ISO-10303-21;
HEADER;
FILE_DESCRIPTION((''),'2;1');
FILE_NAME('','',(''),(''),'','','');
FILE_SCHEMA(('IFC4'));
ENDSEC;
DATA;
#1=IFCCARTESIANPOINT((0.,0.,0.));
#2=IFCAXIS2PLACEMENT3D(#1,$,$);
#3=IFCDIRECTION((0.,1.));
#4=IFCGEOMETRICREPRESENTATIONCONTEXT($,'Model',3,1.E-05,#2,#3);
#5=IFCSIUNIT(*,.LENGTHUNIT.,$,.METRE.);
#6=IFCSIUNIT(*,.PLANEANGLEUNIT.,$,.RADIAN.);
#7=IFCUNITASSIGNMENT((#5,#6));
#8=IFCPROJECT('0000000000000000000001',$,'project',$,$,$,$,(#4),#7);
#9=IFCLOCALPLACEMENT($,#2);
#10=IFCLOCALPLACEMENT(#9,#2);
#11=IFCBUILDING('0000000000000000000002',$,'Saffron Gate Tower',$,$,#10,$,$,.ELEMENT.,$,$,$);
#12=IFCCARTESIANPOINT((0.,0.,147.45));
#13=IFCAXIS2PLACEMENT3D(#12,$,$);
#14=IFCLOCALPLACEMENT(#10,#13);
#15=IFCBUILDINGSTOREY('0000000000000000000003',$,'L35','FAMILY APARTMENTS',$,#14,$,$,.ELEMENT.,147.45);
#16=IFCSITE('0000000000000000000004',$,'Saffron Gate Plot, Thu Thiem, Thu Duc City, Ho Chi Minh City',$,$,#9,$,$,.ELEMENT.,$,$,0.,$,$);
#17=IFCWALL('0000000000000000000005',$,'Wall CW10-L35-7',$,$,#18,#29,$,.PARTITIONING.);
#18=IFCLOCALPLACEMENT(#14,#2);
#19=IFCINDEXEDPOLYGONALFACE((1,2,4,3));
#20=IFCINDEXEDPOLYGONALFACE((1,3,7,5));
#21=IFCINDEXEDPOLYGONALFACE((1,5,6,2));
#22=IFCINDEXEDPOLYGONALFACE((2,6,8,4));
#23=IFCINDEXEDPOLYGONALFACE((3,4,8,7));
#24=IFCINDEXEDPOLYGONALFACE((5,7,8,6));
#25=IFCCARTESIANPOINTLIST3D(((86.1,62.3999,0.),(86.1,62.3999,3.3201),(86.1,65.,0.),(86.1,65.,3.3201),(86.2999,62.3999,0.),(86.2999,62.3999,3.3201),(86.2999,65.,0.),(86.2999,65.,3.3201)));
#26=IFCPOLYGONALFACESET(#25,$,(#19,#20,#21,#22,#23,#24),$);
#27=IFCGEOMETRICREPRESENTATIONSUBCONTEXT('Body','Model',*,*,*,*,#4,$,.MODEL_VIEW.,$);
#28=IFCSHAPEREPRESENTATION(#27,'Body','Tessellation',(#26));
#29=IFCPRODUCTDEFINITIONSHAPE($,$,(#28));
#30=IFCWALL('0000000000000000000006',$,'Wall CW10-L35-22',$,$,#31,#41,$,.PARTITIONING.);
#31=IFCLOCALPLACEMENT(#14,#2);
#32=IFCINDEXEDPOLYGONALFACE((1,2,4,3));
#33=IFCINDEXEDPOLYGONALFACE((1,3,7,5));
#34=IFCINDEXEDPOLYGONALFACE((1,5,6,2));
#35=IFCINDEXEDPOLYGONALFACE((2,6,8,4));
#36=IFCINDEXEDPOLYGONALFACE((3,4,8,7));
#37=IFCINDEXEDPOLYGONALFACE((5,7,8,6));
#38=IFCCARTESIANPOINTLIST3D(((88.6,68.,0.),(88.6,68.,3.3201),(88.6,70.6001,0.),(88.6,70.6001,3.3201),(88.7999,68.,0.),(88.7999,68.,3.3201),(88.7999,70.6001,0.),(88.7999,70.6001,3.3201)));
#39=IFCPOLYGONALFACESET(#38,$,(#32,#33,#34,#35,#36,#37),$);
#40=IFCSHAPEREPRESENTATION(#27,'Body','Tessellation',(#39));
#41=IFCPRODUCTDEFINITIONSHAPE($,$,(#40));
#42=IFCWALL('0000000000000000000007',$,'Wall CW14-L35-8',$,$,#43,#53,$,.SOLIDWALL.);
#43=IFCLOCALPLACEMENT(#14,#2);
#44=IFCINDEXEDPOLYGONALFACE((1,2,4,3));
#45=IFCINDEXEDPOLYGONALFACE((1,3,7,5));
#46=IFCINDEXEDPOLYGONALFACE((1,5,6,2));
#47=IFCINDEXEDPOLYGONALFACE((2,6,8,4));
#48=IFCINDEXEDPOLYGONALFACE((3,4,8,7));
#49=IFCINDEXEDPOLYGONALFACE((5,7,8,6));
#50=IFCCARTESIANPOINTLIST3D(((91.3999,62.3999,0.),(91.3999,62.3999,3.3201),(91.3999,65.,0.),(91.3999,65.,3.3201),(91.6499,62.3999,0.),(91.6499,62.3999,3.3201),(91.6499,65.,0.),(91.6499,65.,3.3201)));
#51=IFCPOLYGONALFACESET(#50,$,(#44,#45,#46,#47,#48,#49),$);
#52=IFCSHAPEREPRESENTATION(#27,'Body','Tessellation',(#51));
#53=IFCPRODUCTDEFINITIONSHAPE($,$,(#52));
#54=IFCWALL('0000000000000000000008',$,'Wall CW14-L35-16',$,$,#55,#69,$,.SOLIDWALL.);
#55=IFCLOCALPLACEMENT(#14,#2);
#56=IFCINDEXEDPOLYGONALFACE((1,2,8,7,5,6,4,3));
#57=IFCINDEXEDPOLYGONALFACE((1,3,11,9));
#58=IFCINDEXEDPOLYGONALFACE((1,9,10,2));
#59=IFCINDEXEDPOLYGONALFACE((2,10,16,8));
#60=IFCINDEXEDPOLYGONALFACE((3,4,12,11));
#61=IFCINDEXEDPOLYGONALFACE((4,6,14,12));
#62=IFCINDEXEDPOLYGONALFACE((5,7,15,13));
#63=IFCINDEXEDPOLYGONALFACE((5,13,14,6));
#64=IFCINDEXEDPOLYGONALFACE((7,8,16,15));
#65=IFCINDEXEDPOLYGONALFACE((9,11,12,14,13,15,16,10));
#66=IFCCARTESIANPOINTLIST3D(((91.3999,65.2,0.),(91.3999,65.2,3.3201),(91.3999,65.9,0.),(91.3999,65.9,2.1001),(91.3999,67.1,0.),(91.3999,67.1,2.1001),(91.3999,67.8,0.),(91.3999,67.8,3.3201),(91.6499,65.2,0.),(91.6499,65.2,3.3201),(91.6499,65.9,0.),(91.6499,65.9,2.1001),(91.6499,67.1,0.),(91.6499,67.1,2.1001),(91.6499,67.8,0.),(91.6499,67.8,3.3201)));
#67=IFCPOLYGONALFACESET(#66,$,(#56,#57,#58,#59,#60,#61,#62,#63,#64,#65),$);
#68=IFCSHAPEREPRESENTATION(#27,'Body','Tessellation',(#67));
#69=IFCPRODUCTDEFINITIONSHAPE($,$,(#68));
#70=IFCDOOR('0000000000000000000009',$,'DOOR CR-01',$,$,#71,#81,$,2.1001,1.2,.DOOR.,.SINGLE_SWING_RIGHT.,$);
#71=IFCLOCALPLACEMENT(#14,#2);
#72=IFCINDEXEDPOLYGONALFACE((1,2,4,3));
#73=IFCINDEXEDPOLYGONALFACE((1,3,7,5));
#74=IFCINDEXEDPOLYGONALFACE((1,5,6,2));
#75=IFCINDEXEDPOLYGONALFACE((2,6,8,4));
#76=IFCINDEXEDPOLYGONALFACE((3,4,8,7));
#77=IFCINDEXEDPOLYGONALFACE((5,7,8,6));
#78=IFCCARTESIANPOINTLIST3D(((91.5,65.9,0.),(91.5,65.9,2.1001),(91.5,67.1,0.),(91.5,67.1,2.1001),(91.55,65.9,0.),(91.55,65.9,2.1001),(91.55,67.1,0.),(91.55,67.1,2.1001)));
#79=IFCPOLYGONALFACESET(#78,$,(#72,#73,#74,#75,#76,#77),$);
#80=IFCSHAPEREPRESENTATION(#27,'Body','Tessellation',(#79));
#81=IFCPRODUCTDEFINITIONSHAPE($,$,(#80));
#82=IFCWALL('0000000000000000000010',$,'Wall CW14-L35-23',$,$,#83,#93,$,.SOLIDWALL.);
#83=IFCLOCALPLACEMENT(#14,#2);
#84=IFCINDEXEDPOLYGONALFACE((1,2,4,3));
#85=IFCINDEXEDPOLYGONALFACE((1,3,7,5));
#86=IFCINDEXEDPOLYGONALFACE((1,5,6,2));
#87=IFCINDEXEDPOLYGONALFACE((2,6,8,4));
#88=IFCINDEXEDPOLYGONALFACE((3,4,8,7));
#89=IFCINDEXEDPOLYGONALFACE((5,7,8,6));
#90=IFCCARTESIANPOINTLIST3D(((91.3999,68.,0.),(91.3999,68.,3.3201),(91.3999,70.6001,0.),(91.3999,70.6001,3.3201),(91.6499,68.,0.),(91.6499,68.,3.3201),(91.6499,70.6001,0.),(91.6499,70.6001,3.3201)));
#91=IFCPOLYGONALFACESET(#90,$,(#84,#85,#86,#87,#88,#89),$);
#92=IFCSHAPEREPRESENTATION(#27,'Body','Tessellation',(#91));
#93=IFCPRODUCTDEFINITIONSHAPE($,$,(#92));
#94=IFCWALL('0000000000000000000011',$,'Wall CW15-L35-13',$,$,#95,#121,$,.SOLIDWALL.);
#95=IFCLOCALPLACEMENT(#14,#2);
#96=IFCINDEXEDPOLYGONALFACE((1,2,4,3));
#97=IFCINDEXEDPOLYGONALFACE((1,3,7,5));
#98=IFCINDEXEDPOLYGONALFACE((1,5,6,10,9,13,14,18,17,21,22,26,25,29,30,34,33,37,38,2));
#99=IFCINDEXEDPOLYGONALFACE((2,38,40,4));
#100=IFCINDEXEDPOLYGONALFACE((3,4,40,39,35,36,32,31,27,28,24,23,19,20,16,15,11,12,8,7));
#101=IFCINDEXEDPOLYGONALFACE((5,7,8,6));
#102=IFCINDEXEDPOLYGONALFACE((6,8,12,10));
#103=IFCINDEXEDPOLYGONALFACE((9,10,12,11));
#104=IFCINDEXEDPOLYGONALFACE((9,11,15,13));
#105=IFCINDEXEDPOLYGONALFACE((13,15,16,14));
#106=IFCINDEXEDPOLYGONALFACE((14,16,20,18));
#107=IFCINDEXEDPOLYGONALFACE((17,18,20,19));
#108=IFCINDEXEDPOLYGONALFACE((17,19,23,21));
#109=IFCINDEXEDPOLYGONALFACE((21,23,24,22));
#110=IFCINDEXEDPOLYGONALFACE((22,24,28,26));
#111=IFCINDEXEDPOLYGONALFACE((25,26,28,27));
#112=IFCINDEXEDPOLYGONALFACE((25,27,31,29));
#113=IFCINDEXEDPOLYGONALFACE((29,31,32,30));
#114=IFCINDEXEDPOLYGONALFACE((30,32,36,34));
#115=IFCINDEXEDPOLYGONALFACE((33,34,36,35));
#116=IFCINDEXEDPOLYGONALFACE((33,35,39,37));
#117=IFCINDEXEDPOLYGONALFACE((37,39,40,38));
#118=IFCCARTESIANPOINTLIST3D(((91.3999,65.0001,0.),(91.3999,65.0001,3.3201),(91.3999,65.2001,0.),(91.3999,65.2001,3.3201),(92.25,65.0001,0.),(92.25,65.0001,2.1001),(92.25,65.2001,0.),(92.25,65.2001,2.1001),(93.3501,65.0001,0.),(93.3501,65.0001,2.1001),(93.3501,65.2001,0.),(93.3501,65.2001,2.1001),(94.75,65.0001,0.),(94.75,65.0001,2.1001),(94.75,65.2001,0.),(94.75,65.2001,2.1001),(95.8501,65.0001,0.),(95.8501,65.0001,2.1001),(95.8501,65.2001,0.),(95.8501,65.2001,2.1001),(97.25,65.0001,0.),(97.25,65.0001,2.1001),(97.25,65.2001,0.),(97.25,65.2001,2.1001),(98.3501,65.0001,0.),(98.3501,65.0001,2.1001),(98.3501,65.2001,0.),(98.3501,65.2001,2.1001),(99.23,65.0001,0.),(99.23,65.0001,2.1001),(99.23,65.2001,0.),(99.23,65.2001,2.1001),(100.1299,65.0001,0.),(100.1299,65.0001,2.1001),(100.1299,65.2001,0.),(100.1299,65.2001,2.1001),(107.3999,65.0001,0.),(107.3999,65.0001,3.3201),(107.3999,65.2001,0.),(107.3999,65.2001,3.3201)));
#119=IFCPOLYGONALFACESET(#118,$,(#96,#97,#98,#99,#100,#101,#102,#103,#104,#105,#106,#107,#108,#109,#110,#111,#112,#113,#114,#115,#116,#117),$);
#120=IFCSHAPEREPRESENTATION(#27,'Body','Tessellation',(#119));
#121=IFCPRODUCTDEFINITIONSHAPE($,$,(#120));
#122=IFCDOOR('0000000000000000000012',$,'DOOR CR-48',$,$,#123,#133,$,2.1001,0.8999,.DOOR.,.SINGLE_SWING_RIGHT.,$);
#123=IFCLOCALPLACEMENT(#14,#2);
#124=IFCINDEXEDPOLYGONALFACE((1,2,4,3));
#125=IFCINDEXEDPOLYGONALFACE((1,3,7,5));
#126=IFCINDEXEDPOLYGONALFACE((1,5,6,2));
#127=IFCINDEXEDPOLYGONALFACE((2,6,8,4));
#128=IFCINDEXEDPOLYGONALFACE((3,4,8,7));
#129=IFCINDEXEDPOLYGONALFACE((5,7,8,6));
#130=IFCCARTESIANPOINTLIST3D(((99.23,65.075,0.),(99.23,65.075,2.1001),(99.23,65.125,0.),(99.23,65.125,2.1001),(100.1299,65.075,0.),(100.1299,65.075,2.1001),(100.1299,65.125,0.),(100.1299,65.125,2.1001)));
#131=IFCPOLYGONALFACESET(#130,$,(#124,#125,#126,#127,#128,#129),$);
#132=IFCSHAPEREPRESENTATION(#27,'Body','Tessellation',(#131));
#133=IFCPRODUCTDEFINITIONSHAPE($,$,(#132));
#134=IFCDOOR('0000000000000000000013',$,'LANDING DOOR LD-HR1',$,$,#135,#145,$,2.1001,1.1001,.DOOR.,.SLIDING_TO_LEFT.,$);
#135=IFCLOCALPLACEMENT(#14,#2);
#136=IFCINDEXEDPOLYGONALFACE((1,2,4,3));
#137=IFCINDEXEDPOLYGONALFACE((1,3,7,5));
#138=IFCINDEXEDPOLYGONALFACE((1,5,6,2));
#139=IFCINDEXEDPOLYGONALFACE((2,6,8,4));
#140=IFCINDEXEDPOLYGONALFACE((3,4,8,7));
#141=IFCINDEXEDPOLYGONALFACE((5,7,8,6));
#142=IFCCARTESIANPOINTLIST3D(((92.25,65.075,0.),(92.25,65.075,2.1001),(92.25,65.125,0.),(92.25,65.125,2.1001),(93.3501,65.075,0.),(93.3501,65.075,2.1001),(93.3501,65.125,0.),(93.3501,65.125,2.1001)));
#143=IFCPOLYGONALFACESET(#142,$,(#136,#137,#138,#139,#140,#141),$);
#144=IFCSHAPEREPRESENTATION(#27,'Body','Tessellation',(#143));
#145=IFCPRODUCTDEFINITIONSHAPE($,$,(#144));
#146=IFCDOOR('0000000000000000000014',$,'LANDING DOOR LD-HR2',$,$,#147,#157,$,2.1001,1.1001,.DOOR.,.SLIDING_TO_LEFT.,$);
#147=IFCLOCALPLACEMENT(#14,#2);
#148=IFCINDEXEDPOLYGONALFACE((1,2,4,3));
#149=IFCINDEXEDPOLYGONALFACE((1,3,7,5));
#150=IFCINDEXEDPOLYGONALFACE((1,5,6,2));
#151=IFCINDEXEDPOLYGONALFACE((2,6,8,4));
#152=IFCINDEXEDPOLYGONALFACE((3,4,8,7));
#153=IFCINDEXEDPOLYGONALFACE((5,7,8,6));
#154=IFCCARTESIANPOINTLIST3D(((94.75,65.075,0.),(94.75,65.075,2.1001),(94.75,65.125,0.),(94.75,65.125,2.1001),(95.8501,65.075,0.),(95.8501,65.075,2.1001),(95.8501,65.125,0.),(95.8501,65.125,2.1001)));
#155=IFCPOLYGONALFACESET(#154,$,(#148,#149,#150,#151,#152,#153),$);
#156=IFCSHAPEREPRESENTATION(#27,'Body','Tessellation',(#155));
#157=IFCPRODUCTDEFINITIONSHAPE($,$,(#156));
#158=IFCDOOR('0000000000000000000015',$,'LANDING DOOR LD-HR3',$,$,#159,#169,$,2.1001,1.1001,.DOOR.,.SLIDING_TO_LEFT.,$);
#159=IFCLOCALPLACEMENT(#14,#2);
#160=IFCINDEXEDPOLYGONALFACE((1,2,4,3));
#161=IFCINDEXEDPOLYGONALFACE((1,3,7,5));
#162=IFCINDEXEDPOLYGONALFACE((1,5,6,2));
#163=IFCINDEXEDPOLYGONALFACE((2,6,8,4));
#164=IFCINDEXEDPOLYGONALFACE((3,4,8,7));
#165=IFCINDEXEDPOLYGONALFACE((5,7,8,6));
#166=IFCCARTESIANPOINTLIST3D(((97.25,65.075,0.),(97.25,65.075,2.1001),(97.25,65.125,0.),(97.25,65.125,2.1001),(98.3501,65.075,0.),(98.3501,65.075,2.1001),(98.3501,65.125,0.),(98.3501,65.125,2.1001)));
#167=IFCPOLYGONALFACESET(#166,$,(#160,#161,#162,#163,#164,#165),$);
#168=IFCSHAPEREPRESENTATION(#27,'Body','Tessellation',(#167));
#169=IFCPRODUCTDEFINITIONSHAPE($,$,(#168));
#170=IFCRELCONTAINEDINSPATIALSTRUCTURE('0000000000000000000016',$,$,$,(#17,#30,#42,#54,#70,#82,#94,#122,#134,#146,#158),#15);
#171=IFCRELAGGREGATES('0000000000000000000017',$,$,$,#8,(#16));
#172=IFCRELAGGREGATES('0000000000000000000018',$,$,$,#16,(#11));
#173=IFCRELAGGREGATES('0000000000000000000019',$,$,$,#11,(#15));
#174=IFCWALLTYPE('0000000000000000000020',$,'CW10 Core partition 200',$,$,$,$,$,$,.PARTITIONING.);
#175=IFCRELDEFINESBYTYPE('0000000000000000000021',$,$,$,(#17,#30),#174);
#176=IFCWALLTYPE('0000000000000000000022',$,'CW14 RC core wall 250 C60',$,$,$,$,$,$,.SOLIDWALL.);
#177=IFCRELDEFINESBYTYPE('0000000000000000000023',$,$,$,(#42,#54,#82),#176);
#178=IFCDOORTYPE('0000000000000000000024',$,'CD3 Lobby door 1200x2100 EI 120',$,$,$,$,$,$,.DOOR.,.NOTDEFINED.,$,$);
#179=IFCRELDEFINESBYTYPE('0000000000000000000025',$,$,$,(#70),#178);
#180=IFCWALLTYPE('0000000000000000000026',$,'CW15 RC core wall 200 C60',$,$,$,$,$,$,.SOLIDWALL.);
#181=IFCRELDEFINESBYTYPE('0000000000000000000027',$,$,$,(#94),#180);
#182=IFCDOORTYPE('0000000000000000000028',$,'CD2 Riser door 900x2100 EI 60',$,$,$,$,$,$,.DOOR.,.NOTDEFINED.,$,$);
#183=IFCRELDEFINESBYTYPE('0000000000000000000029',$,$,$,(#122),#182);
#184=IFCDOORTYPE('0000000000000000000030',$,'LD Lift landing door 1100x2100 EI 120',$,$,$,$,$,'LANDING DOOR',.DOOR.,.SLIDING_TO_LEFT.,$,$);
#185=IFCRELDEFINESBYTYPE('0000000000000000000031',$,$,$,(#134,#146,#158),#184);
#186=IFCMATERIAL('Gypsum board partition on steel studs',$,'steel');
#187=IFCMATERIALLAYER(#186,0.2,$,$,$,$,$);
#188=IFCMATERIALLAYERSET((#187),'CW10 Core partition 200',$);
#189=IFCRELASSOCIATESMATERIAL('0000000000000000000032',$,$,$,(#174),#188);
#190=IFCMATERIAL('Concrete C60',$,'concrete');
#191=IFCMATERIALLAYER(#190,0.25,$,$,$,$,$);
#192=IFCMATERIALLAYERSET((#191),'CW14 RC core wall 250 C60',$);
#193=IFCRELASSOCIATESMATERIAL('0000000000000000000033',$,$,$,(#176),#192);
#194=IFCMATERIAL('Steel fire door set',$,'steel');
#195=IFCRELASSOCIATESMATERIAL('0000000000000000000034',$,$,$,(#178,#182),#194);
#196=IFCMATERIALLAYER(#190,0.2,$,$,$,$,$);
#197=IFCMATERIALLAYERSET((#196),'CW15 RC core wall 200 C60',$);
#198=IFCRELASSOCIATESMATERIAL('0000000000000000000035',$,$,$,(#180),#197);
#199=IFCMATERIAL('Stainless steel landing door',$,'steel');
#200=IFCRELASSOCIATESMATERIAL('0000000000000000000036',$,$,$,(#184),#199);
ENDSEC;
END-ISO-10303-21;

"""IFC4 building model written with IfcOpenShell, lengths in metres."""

from ifc_helpers import new_model, si_unit, direction, frame, frame_2d, origin, place, context, subcontext, project, spatial, rectangle, extrude, material, layer, layer_set, type_object, element, fill, save


model = new_model("IFC4")

# Units and contexts
model_context = context("Model", 3, precision=1e-05, world=origin(), true_north=direction((0.0, 1.0)))
body_context = subcontext(model_context, "Body", "Model", "MODEL_VIEW")
ifc_project = project(units=[si_unit("LENGTHUNIT", "METRE"), si_unit("PLANEANGLEUNIT", "RADIAN")], contexts=[model_context])

# Site, building, storey
site_placement = place(None, origin())
site = spatial("IfcSite", under=ifc_project, at=site_placement, Name="Saffron Gate Plot, Thu Thiem, Thu Duc City, Ho Chi Minh City", CompositionType="ELEMENT", RefElevation=0.0)
building_placement = place(site_placement, origin())
building = spatial("IfcBuilding", under=site, at=building_placement, Name="Saffron Gate Tower", CompositionType="ELEMENT")
storey_placement = place(building_placement, frame((0.0, 0.0, 147.45)))
storey = spatial("IfcBuildingStorey", under=building, at=storey_placement, Name="L35", Description="FAMILY APARTMENTS", CompositionType="ELEMENT", Elevation=147.45)

# Walls
ifc_material_1 = material(Name="Gypsum board partition on steel studs", Category="steel")
ifc_layer_1 = layer(ifc_material_1, 0.2)
ifc_layer_set_1 = layer_set([ifc_layer_1], Name="CW10 Core partition 200")
wall_type_1 = type_object("IfcWallType", Name="CW10 Core partition 200", PredefinedType="PARTITIONING", material=ifc_layer_set_1)
for number, where, z_axis, x_axis, name in (
    (1, (86.2, 62.3999, 0.0), (0.0, 0.0, 1.0), (0.0, 1.0, 0.0), "Wall CW10-L35-7"),
    (2, (88.7, 68.0, 0.0), (0.0, 0.0, 1.0), (0.0, 1.0, 0.0), "Wall CW10-L35-22"),
):
    element("IfcWall", number, at=place(storey_placement, frame(where, z_axis=z_axis, x_axis=x_axis)), inside=storey, type_object=wall_type_1, Name=name, PredefinedType="PARTITIONING", context=body_context, shape_type="SweptSolid", body=[
        extrude(rectangle(XDim=2.6001, YDim=0.2, at=frame_2d((1.3, 0.0))), origin(), (0.0, 0.0, 1.0), 3.3201),
    ])
ifc_material_2 = material(Name="Concrete C60", Category="concrete")
ifc_layer_2 = layer(ifc_material_2, 0.25)
ifc_layer_set_2 = layer_set([ifc_layer_2], Name="CW14 RC core wall 250 C60")
wall_type_2 = type_object("IfcWallType", Name="CW14 RC core wall 250 C60", PredefinedType="SOLIDWALL", material=ifc_layer_set_2)
wall_1_placement = place(storey_placement, frame((91.5249, 62.3999, 0.0), z_axis=(0.0, 0.0, 1.0), x_axis=(0.0, 1.0, 0.0)))
element("IfcWall", 3, at=wall_1_placement, inside=storey, type_object=wall_type_2, Name="Wall CW14-L35-8", PredefinedType="SOLIDWALL", context=body_context, shape_type="SweptSolid", body=[
    extrude(rectangle(XDim=2.6001, YDim=0.25, at=frame_2d((1.3, 0.0))), origin(), (0.0, 0.0, 1.0), 3.3201),
])

# Wall, opening, door
wall_2_placement = place(storey_placement, frame((91.5249, 65.2, 0.0), z_axis=(0.0, 0.0, 1.0), x_axis=(0.0, 1.0, 0.0)))
wall_2 = element("IfcWall", 4, at=wall_2_placement, inside=storey, type_object=wall_type_2, Name="Wall CW14-L35-16", PredefinedType="SOLIDWALL", context=body_context, shape_type="SweptSolid", body=[
    extrude(rectangle(XDim=2.6001, YDim=0.25, at=frame_2d((1.3, 0.0))), origin(), (0.0, 0.0, 1.0), 3.3201),
])
opening_1_placement = place(wall_2_placement, frame((0.7, 0.0, 0.0)))
opening_1 = element("IfcOpeningElement", 5, at=opening_1_placement, cuts=wall_2, PredefinedType="OPENING", context=body_context, shape_type="SweptSolid", body=[
    extrude(rectangle(XDim=1.2, YDim=2.1001, at=frame_2d((0.6001, 1.05))), frame((0.0, 0.135, 0.0), z_axis=(0.0, -1.0, 0.0), x_axis=(1.0, 0.0, 0.0)), (0.0, 0.0, 1.0), 0.27),
])
ifc_material_3 = material(Name="Steel fire door set", Category="steel")
door_type_1 = type_object("IfcDoorType", Name="CD3 Lobby door 1200x2100 EI 120", OperationType="NOTDEFINED", PredefinedType="DOOR", material=ifc_material_3)
door_1_placement = place(opening_1_placement, origin())
door_1 = element("IfcDoor", 6, at=door_1_placement, inside=storey, type_object=door_type_1, Name="DOOR CR-01", OperationType="SINGLE_SWING_RIGHT", OverallHeight=2.1001, OverallWidth=1.2, PredefinedType="DOOR", context=body_context, shape_type="SweptSolid", body=[
    extrude(rectangle(XDim=1.2, YDim=2.1001, at=frame_2d((0.6001, 1.05))), frame((0.0, 0.0249, 0.0), z_axis=(0.0, -1.0, 0.0), x_axis=(1.0, 0.0, 0.0)), (0.0, 0.0, 1.0), 0.05),
])
fill(opening_1, door_1)

# Wall
wall_3_placement = place(storey_placement, frame((91.5249, 68.0, 0.0), z_axis=(0.0, 0.0, 1.0), x_axis=(0.0, 1.0, 0.0)))
element("IfcWall", 7, at=wall_3_placement, inside=storey, type_object=wall_type_2, Name="Wall CW14-L35-23", PredefinedType="SOLIDWALL", context=body_context, shape_type="SweptSolid", body=[
    extrude(rectangle(XDim=2.6001, YDim=0.25, at=frame_2d((1.3, 0.0))), origin(), (0.0, 0.0, 1.0), 3.3201),
])

# Wall, openings, doors
ifc_layer_3 = layer(ifc_material_2, 0.2)
ifc_layer_set_3 = layer_set([ifc_layer_3], Name="CW15 RC core wall 200 C60")
wall_type_3 = type_object("IfcWallType", Name="CW15 RC core wall 200 C60", PredefinedType="SOLIDWALL", material=ifc_layer_set_3)
wall_4_placement = place(storey_placement, frame((91.3999, 65.1001, 0.0), z_axis=(0.0, 0.0, 1.0), x_axis=(1.0, 0.0, 0.0)))
wall_4 = element("IfcWall", 8, at=wall_4_placement, inside=storey, type_object=wall_type_3, Name="Wall CW15-L35-13", PredefinedType="SOLIDWALL", context=body_context, shape_type="SweptSolid", body=[
    extrude(rectangle(XDim=16.0, YDim=0.2, at=frame_2d((8.0, 0.0))), origin(), (0.0, 0.0, 1.0), 3.3201),
])
opening_2_placement = place(wall_4_placement, frame((0.8501, 0.0, 0.0)))
opening_2 = element("IfcOpeningElement", 9, at=opening_2_placement, cuts=wall_4, PredefinedType="OPENING", context=body_context, shape_type="SweptSolid", body=[
    extrude(rectangle(XDim=1.1001, YDim=2.1001, at=frame_2d((0.55, 1.05))), frame((0.0, 0.1099, 0.0), z_axis=(0.0, -1.0, 0.0), x_axis=(1.0, 0.0, 0.0)), (0.0, 0.0, 1.0), 0.22),
])
opening_3_placement = place(wall_4_placement, frame((3.3501, 0.0, 0.0)))
opening_3 = element("IfcOpeningElement", 10, at=opening_3_placement, cuts=wall_4, PredefinedType="OPENING", context=body_context, shape_type="SweptSolid", body=[
    extrude(rectangle(XDim=1.1001, YDim=2.1001, at=frame_2d((0.55, 1.05))), frame((0.0, 0.1099, 0.0), z_axis=(0.0, -1.0, 0.0), x_axis=(1.0, 0.0, 0.0)), (0.0, 0.0, 1.0), 0.22),
])
opening_4_placement = place(wall_4_placement, frame((5.8501, 0.0, 0.0)))
opening_4 = element("IfcOpeningElement", 11, at=opening_4_placement, cuts=wall_4, PredefinedType="OPENING", context=body_context, shape_type="SweptSolid", body=[
    extrude(rectangle(XDim=1.1001, YDim=2.1001, at=frame_2d((0.55, 1.05))), frame((0.0, 0.1099, 0.0), z_axis=(0.0, -1.0, 0.0), x_axis=(1.0, 0.0, 0.0)), (0.0, 0.0, 1.0), 0.22),
])
opening_5_placement = place(wall_4_placement, frame((7.8301, 0.0, 0.0)))
opening_5 = element("IfcOpeningElement", 12, at=opening_5_placement, cuts=wall_4, PredefinedType="OPENING", context=body_context, shape_type="SweptSolid", body=[
    extrude(rectangle(XDim=0.8999, YDim=2.1001, at=frame_2d((0.45, 1.05))), frame((0.0, 0.1099, 0.0), z_axis=(0.0, -1.0, 0.0), x_axis=(1.0, 0.0, 0.0)), (0.0, 0.0, 1.0), 0.22),
])
door_type_2 = type_object("IfcDoorType", Name="CD2 Riser door 900x2100 EI 60", OperationType="NOTDEFINED", PredefinedType="DOOR", material=ifc_material_3)
door_2_placement = place(opening_5_placement, origin())
door_2 = element("IfcDoor", 13, at=door_2_placement, inside=storey, type_object=door_type_2, Name="DOOR CR-48", OperationType="SINGLE_SWING_RIGHT", OverallHeight=2.1001, OverallWidth=0.8999, PredefinedType="DOOR", context=body_context, shape_type="SweptSolid", body=[
    extrude(rectangle(XDim=0.8999, YDim=2.1001, at=frame_2d((0.45, 1.05))), frame((0.0, 0.0249, 0.0), z_axis=(0.0, -1.0, 0.0), x_axis=(1.0, 0.0, 0.0)), (0.0, 0.0, 1.0), 0.05),
])
fill(opening_5, door_2)
ifc_material_4 = material(Name="Stainless steel landing door", Category="steel")
door_type_3 = type_object("IfcDoorType", Name="LD Lift landing door 1100x2100 EI 120", ElementType="LANDING DOOR", OperationType="SLIDING_TO_LEFT", PredefinedType="DOOR", material=ifc_material_4)
door_3_placement = place(opening_2_placement, origin())
door_3 = element("IfcDoor", 14, at=door_3_placement, inside=storey, type_object=door_type_3, Name="LANDING DOOR LD-HR1", OperationType="SLIDING_TO_LEFT", OverallHeight=2.1001, OverallWidth=1.1001, PredefinedType="DOOR", context=body_context, shape_type="SweptSolid", body=[
    extrude(rectangle(XDim=1.1001, YDim=2.1001, at=frame_2d((0.55, 1.05))), frame((0.0, 0.0249, 0.0), z_axis=(0.0, -1.0, 0.0), x_axis=(1.0, 0.0, 0.0)), (0.0, 0.0, 1.0), 0.05),
])
fill(opening_2, door_3)
door_4_placement = place(opening_3_placement, origin())
door_4 = element("IfcDoor", 15, at=door_4_placement, inside=storey, type_object=door_type_3, Name="LANDING DOOR LD-HR2", OperationType="SLIDING_TO_LEFT", OverallHeight=2.1001, OverallWidth=1.1001, PredefinedType="DOOR", context=body_context, shape_type="SweptSolid", body=[
    extrude(rectangle(XDim=1.1001, YDim=2.1001, at=frame_2d((0.55, 1.05))), frame((0.0, 0.0249, 0.0), z_axis=(0.0, -1.0, 0.0), x_axis=(1.0, 0.0, 0.0)), (0.0, 0.0, 1.0), 0.05),
])
fill(opening_3, door_4)
door_5_placement = place(opening_4_placement, origin())
door_5 = element("IfcDoor", 16, at=door_5_placement, inside=storey, type_object=door_type_3, Name="LANDING DOOR LD-HR3", OperationType="SLIDING_TO_LEFT", OverallHeight=2.1001, OverallWidth=1.1001, PredefinedType="DOOR", context=body_context, shape_type="SweptSolid", body=[
    extrude(rectangle(XDim=1.1001, YDim=2.1001, at=frame_2d((0.55, 1.05))), frame((0.0, 0.0249, 0.0), z_axis=(0.0, -1.0, 0.0), x_axis=(1.0, 0.0, 0.0)), (0.0, 0.0, 1.0), 0.05),
])
fill(opening_4, door_5)

save(model, "model.ifc")
